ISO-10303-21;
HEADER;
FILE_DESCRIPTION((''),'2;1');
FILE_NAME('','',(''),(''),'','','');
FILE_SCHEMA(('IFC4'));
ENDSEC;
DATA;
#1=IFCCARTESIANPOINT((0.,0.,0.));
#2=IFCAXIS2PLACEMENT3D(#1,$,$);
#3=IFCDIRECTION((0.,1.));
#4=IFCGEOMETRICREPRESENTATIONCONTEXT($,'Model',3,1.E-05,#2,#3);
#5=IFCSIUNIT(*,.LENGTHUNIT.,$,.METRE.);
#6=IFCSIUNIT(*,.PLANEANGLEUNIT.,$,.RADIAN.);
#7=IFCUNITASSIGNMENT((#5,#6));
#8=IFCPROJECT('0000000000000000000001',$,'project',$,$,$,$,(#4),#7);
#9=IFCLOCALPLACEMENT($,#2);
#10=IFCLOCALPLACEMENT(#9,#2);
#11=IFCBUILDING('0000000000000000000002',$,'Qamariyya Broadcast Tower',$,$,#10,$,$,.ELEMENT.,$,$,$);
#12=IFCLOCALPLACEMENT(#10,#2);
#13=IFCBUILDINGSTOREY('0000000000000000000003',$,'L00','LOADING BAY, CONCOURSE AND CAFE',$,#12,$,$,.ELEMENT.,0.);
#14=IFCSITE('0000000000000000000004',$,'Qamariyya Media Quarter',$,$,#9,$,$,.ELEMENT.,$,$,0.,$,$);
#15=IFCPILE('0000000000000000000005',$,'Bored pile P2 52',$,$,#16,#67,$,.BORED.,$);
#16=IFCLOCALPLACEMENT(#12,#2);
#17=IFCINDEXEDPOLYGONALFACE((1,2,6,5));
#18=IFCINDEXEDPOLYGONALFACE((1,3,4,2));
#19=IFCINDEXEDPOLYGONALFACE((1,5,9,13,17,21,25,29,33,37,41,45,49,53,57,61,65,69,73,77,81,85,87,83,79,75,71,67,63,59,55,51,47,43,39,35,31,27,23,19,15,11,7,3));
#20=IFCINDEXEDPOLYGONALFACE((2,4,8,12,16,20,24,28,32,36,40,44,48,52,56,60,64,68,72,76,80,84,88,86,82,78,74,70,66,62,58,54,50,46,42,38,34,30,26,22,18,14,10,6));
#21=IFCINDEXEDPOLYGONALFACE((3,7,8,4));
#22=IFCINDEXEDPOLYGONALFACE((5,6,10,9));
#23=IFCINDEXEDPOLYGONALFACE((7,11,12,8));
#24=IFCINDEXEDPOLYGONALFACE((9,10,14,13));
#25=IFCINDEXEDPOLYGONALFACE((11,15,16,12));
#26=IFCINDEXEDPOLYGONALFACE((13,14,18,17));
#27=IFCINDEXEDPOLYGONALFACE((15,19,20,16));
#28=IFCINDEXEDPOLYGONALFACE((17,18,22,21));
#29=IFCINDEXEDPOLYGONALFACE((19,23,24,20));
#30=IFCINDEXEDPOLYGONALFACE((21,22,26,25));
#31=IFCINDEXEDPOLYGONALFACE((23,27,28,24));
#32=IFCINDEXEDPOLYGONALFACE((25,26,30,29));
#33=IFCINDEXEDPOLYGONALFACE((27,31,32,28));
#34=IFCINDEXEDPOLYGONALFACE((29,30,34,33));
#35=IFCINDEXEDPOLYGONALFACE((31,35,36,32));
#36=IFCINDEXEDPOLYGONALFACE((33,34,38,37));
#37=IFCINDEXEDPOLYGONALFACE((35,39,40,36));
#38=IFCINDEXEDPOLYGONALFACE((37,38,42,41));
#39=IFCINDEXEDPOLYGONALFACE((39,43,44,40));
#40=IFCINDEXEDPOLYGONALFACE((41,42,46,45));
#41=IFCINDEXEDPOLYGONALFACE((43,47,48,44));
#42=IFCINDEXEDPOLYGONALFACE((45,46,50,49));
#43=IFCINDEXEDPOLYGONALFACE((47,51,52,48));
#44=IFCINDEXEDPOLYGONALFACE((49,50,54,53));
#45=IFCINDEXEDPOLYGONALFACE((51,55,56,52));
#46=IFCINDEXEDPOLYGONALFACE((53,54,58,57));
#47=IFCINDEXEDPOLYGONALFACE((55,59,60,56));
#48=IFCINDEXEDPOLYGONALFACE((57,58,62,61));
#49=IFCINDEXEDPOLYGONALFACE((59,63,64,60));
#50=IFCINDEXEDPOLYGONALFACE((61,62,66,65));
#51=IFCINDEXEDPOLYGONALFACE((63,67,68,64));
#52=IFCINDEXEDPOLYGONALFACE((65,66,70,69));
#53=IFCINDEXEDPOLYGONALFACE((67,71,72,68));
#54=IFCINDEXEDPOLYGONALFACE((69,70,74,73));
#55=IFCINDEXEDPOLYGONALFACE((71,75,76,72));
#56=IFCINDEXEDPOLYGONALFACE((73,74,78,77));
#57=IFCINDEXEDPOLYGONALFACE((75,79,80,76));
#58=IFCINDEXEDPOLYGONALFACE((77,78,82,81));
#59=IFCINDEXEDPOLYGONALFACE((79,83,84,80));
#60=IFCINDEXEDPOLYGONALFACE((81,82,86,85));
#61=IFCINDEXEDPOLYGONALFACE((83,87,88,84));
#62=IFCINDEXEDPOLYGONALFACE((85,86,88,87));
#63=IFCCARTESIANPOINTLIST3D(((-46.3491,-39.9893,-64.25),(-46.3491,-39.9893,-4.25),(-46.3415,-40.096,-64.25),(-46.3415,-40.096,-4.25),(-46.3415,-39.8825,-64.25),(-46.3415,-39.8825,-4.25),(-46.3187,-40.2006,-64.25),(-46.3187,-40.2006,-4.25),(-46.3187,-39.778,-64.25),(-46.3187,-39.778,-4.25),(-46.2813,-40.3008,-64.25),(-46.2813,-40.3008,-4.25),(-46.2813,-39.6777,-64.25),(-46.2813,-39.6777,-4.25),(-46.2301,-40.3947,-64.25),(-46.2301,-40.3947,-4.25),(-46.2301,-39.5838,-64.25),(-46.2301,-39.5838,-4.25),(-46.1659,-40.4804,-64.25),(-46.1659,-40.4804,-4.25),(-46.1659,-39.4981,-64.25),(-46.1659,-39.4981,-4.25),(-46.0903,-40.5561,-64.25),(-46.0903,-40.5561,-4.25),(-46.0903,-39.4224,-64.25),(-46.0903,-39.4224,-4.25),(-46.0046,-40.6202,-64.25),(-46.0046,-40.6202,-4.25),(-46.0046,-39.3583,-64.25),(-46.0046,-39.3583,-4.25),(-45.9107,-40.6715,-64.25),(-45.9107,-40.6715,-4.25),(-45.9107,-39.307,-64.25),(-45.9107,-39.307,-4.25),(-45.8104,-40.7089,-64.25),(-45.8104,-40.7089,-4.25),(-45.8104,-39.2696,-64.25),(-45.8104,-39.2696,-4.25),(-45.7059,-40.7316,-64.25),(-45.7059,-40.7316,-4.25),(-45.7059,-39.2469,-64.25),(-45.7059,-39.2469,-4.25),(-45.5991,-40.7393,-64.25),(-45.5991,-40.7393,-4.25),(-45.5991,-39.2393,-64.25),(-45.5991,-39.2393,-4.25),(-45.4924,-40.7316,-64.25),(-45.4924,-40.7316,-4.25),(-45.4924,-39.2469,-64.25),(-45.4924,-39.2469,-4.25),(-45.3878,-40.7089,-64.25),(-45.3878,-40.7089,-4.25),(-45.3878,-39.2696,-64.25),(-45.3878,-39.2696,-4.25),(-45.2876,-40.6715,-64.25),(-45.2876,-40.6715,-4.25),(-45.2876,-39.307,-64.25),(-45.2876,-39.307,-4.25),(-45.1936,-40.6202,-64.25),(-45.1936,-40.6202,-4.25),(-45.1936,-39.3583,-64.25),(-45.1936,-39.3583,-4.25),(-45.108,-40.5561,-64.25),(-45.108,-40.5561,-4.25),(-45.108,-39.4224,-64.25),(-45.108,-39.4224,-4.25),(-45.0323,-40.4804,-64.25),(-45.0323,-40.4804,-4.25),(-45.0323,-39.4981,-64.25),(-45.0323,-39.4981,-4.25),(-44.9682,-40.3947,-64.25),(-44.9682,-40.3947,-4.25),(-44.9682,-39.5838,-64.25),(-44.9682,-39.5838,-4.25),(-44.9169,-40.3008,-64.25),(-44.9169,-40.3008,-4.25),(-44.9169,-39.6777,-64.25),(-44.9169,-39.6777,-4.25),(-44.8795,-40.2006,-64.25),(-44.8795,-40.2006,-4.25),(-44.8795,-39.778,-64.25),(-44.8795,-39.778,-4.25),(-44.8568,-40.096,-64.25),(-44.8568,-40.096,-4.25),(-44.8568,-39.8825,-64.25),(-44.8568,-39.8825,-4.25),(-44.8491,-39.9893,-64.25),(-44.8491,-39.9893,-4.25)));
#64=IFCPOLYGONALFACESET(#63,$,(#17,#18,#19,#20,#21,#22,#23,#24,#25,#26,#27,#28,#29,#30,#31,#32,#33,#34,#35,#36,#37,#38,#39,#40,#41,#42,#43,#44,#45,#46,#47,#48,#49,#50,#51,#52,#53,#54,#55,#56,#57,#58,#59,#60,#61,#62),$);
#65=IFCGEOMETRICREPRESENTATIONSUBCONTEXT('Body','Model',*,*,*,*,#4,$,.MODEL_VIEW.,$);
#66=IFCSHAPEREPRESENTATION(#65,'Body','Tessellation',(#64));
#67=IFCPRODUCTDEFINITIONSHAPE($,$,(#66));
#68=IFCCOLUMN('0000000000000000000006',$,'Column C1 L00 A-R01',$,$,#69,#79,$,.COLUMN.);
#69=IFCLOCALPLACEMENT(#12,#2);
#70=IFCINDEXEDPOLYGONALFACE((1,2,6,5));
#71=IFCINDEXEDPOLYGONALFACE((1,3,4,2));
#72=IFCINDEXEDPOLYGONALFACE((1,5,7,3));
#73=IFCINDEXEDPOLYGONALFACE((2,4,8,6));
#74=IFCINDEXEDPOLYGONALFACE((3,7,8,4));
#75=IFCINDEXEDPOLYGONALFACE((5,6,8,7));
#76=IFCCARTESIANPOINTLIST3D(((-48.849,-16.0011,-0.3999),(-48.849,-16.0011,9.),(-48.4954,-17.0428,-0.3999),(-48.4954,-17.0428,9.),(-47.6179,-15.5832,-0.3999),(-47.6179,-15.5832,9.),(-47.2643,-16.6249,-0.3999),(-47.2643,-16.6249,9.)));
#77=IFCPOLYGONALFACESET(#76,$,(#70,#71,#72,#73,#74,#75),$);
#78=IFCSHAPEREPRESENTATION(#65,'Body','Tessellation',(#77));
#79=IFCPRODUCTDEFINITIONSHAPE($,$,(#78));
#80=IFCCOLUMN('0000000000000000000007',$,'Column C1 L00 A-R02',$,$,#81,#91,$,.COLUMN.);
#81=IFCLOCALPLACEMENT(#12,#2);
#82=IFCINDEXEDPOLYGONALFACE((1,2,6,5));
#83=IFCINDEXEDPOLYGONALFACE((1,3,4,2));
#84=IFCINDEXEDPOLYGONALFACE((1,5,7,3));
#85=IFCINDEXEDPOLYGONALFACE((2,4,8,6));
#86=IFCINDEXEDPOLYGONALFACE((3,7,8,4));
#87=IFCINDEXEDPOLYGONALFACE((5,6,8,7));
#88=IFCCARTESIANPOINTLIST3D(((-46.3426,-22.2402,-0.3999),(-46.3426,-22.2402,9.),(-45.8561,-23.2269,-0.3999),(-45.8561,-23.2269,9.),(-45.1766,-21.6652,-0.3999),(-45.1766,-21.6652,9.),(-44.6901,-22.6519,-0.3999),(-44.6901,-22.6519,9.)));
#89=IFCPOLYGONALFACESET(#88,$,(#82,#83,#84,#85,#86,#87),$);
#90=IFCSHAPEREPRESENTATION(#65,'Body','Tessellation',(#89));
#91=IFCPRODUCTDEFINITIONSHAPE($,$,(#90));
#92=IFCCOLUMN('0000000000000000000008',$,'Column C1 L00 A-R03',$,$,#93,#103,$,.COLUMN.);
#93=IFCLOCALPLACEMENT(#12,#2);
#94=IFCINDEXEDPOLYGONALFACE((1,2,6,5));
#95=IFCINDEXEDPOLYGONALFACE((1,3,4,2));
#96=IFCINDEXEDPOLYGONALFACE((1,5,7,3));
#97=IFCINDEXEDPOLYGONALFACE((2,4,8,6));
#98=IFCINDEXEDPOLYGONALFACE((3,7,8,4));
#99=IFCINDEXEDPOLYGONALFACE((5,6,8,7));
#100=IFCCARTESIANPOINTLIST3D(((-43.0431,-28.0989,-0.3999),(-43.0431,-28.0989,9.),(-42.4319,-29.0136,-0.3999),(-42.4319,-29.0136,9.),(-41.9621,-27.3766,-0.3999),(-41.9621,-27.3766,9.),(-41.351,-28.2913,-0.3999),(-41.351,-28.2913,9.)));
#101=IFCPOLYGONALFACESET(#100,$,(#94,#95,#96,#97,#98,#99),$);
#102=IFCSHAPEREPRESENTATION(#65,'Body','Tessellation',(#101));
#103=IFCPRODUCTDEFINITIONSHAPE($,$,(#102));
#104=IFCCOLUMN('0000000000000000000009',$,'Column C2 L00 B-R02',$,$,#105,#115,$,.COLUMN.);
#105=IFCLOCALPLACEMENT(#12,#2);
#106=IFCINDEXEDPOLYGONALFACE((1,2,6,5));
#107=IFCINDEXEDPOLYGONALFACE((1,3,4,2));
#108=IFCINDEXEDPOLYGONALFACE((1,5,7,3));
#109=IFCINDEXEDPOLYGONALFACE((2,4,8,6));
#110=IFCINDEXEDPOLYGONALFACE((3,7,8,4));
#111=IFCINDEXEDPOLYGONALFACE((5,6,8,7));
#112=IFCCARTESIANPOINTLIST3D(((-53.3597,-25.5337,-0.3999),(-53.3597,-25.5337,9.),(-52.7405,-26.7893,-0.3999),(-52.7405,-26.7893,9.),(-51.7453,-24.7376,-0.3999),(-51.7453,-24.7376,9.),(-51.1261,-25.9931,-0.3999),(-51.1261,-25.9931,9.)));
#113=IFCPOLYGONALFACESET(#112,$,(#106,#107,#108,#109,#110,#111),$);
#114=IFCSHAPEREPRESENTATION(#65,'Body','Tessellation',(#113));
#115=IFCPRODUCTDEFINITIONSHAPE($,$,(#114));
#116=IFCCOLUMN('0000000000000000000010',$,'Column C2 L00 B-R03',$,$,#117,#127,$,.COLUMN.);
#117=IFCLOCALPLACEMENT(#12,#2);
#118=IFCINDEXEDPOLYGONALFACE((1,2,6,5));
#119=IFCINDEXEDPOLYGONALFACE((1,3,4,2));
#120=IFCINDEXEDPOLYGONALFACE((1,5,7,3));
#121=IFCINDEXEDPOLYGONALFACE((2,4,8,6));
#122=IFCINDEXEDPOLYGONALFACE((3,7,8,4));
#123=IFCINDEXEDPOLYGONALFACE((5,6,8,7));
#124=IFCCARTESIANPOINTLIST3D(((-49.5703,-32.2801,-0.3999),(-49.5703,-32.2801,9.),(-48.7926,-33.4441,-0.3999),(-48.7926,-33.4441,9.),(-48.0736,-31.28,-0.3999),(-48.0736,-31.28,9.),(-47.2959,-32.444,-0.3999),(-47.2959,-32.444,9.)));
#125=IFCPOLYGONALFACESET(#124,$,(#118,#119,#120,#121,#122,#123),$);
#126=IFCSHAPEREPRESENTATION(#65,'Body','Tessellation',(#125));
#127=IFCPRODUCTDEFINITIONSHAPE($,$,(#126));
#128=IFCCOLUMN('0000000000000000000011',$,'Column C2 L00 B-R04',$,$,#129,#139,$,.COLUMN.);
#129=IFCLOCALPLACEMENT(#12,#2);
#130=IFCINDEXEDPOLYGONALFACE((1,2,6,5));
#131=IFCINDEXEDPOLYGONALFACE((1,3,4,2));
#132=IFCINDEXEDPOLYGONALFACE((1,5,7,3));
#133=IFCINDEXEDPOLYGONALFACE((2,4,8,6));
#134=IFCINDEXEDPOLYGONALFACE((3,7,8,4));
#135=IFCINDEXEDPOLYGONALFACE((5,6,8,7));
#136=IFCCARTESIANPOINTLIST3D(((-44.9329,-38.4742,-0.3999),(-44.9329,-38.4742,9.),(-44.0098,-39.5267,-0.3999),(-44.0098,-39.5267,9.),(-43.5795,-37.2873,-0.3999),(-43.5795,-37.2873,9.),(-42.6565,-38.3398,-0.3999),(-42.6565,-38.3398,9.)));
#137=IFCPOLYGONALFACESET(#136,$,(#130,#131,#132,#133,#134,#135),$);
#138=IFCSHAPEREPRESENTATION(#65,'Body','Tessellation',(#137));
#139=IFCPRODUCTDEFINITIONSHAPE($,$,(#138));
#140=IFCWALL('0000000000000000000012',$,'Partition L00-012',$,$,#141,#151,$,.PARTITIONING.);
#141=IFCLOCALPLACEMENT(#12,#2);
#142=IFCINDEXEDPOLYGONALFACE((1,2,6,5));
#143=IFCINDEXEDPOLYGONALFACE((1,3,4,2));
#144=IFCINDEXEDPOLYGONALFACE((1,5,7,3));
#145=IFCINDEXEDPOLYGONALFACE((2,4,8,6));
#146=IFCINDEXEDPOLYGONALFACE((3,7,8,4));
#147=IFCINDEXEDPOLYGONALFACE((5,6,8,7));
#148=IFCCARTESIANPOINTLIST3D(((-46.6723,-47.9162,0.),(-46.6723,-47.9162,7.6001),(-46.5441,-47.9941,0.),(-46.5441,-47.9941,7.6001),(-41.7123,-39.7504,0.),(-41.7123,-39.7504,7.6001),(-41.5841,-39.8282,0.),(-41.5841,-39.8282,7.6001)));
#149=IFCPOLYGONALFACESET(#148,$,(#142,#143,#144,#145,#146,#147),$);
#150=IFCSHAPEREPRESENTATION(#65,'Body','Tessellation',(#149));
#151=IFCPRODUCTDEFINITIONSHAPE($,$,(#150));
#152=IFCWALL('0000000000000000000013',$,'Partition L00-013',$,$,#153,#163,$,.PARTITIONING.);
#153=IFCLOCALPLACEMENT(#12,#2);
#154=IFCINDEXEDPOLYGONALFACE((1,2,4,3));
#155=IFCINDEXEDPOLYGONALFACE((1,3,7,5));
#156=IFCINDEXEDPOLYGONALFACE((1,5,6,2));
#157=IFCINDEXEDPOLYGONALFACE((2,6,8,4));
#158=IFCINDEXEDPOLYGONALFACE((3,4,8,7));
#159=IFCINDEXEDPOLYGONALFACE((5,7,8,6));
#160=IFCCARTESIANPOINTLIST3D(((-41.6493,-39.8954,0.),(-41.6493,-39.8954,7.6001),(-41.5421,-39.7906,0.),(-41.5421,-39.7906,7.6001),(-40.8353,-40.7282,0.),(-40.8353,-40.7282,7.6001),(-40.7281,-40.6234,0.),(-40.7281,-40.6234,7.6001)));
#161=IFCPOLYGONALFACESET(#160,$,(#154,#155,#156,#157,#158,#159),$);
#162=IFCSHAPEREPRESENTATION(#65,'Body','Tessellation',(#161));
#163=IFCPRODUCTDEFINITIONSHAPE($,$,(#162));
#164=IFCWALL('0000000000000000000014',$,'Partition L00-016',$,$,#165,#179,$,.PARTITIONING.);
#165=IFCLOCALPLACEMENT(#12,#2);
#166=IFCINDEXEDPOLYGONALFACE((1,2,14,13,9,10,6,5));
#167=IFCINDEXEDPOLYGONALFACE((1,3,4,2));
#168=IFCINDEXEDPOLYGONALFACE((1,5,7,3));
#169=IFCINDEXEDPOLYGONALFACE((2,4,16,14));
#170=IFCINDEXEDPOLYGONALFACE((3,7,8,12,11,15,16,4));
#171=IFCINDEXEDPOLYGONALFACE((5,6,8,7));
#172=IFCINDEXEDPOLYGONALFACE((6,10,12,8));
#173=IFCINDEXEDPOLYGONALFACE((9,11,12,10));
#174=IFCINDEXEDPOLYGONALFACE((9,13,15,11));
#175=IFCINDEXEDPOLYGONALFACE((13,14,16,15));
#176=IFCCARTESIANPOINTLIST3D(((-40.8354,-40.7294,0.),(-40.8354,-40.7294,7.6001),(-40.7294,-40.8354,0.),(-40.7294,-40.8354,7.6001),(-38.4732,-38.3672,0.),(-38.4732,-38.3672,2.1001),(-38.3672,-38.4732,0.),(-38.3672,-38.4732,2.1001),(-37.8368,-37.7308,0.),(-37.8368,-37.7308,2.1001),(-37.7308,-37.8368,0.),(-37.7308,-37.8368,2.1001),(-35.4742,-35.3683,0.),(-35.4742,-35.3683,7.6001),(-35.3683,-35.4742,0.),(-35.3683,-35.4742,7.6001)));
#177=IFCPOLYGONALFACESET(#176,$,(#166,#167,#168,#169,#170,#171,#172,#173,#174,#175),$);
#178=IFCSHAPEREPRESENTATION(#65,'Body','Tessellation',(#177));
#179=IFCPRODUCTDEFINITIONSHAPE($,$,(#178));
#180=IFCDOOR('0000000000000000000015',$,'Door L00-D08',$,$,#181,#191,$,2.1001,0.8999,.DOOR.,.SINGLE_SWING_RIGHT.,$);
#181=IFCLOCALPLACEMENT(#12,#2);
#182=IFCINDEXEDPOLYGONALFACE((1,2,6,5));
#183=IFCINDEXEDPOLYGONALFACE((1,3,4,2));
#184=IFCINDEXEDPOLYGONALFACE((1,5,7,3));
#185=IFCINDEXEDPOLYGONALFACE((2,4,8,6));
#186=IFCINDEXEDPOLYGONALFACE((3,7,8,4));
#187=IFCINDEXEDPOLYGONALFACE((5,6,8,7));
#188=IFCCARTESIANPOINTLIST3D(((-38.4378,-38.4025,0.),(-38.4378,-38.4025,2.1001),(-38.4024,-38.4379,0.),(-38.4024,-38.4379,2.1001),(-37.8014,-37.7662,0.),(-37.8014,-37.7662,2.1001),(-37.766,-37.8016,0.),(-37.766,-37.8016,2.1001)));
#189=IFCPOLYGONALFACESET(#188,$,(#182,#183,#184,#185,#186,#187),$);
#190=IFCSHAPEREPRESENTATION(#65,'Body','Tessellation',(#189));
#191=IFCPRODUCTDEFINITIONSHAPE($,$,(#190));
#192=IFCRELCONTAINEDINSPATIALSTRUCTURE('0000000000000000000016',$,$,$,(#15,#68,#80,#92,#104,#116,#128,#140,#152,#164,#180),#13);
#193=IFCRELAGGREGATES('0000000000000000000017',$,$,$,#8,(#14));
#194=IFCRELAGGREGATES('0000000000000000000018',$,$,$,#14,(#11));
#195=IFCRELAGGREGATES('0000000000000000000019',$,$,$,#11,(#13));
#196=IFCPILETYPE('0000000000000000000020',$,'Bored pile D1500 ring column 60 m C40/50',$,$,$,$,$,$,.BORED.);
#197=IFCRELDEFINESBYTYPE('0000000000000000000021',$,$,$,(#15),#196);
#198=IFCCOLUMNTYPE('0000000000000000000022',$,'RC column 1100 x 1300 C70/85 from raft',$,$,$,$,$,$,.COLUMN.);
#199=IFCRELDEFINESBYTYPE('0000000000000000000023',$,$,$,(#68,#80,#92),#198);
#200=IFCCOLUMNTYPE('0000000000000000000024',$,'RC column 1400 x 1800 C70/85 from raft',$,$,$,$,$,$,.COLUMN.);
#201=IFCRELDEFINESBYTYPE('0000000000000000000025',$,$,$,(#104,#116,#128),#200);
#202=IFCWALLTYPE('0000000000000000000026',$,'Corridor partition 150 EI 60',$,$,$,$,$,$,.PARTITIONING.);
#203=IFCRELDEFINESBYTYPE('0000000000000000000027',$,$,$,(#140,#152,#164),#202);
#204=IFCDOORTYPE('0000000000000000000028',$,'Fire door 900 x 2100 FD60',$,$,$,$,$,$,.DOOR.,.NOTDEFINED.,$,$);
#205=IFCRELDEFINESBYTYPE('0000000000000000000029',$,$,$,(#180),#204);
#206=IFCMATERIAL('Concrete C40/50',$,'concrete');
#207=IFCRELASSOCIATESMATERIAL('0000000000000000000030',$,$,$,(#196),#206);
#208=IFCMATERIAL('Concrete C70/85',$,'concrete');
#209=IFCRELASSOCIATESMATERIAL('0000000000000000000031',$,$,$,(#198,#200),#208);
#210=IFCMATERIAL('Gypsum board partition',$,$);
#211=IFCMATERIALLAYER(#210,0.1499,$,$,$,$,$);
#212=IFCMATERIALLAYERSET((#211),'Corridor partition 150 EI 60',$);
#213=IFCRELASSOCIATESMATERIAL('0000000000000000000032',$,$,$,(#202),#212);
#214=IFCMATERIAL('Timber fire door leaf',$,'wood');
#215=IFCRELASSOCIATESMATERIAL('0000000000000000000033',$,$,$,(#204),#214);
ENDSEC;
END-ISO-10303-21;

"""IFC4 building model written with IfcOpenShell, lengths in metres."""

from ifc_helpers import new_model, si_unit, direction, frame, frame_2d, origin, origin_2d, place, context, subcontext, project, spatial, rectangle, circle, extrude, material, layer, layer_set, material_profile, profile_set, type_object, element, fill, save


model = new_model("IFC4")

# Units and contexts
model_context = context("Model", 3, precision=1e-05, world=origin(), true_north=direction((0.0, 1.0)))
body_context = subcontext(model_context, "Body", "Model", "MODEL_VIEW")
ifc_project = project(units=[si_unit("LENGTHUNIT", "METRE"), si_unit("PLANEANGLEUNIT", "RADIAN")], contexts=[model_context])

# Site, building, storey
site_placement = place(None, origin())
site = spatial("IfcSite", under=ifc_project, at=site_placement, Name="Qamariyya Media Quarter", CompositionType="ELEMENT", RefElevation=0.0)
building_placement = place(site_placement, origin())
building = spatial("IfcBuilding", under=site, at=building_placement, Name="Qamariyya Broadcast Tower", CompositionType="ELEMENT")
storey_placement = place(building_placement, origin())
storey = spatial("IfcBuildingStorey", under=building, at=storey_placement, Name="L00", Description="LOADING BAY, CONCOURSE AND CAFE", CompositionType="ELEMENT", Elevation=0.0)

# Pile
ifc_material_1 = material(Name="Concrete C40/50", Category="concrete")
ifc_material_profile_1 = material_profile(ifc_material_1, circle(Radius=0.75, at=origin_2d()))
ifc_profile_set_1 = profile_set([ifc_material_profile_1], Name="Concrete C40/50")
pile_type_1 = type_object("IfcPileType", Name="Bored pile D1500 ring column 60 m C40/50", PredefinedType="BORED", material=ifc_profile_set_1)
for number, where, z_axis, x_axis, name in (
    (1, (-45.5991, -39.9893, -4.25), (0.0, 0.0, -1.0), (1.0, 0.0, 0.0), "Bored pile P2 52"),
):
    element("IfcPile", number, at=place(storey_placement, frame(where, z_axis=z_axis, x_axis=x_axis)), inside=storey, type_object=pile_type_1, Name=name, PredefinedType="BORED", context=body_context, shape_type="SweptSolid", body=[
        extrude(circle(Radius=0.75, at=origin_2d()), origin(), (0.0, 0.0, 1.0), 60.0),
    ])

# Columns
ifc_material_2 = material(Name="Concrete C70/85", Category="concrete")
ifc_material_profile_2 = material_profile(ifc_material_2, rectangle(XDim=1.1001, YDim=1.3, at=origin_2d()))
ifc_profile_set_2 = profile_set([ifc_material_profile_2], Name="Concrete C70/85")
column_type_1 = type_object("IfcColumnType", Name="RC column 1100 x 1300 C70/85 from raft", PredefinedType="COLUMN", material=ifc_profile_set_2)
for number, where, z_axis, x_axis, name in (
    (2, (-48.0566, -16.313, -0.3999), (0.0, 0.0, 1.0), (0.321439, -0.94693, 0.0), "Column C1 L00 A-R01"),
    (3, (-45.5164, -22.446, -0.3999), (0.0, 0.0, 1.0), (0.442289, -0.896873, 0.0), "Column C1 L00 A-R02"),
    (4, (-42.197, -28.1951, -0.3999), (0.0, 0.0, 1.0), (0.55557, -0.83147, 0.0), "Column C1 L00 A-R03"),
):
    element("IfcColumn", number, at=place(storey_placement, frame(where, z_axis=z_axis, x_axis=x_axis)), inside=storey, type_object=column_type_1, Name=name, PredefinedType="COLUMN", context=body_context, shape_type="SweptSolid", body=[
        extrude(rectangle(XDim=1.1001, YDim=1.3, at=origin_2d()), origin(), (0.0, 0.0, 1.0), 9.3999),
    ])
ifc_material_profile_3 = material_profile(ifc_material_2, rectangle(XDim=1.3999, YDim=1.8, at=origin_2d()))
ifc_profile_set_3 = profile_set([ifc_material_profile_3], Name="Concrete C70/85")
column_type_2 = type_object("IfcColumnType", Name="RC column 1400 x 1800 C70/85 from raft", PredefinedType="COLUMN", material=ifc_profile_set_3)
for number, where, z_axis, x_axis, name in (
    (5, (-52.2429, -25.7634, -0.3999), (0.0, 0.0, 1.0), (0.442289, -0.896873, 0.0), "Column C2 L00 B-R02"),
    (6, (-48.4331, -32.3621, -0.3999), (0.0, 0.0, 1.0), (0.55557, -0.83147, 0.0), "Column C2 L00 B-R03"),
    (7, (-43.7947, -38.407, -0.3999), (0.0, 0.0, 1.0), (0.659346, -0.75184, 0.0), "Column C2 L00 B-R04"),
):
    element("IfcColumn", number, at=place(storey_placement, frame(where, z_axis=z_axis, x_axis=x_axis)), inside=storey, type_object=column_type_2, Name=name, PredefinedType="COLUMN", context=body_context, shape_type="SweptSolid", body=[
        extrude(rectangle(XDim=1.3999, YDim=1.8, at=origin_2d()), origin(), (0.0, 0.0, 1.0), 9.3999),
    ])

# Walls
ifc_material_3 = material(Name="Gypsum board partition")
ifc_layer_1 = layer(ifc_material_3, 0.1499)
ifc_layer_set_1 = layer_set([ifc_layer_1], Name="Corridor partition 150 EI 60")
wall_type_1 = type_object("IfcWallType", Name="Corridor partition 150 EI 60", PredefinedType="PARTITIONING", material=ifc_layer_set_1)
wall_1_placement = place(storey_placement, frame((-41.6482, -39.7893, 0.0), z_axis=(0.0, 0.0, 1.0), x_axis=(-0.519144, -0.854687, 0.0)))
element("IfcWall", 8, at=wall_1_placement, inside=storey, type_object=wall_type_1, Name="Partition L00-012", PredefinedType="PARTITIONING", context=body_context, shape_type="SweptSolid", body=[
    extrude(rectangle(XDim=9.5542, YDim=0.1499, at=frame_2d((4.7771, 0.0))), origin(), (0.0, 0.0, 1.0), 7.6001),
])
wall_2_placement = place(storey_placement, frame((-41.5957, -39.843, 0.0), z_axis=(0.0, 0.0, 1.0), x_axis=(0.698989, -0.715132, 0.0)))
element("IfcWall", 9, at=wall_2_placement, inside=storey, type_object=wall_type_1, Name="Partition L00-013", PredefinedType="PARTITIONING", context=body_context, shape_type="SweptSolid", body=[
    extrude(rectangle(XDim=1.1646, YDim=0.1499, at=frame_2d((0.5823, 0.0))), origin(), (0.0, 0.0, 1.0), 7.6001),
])

# Wall, opening, door
wall_3_placement = place(storey_placement, frame((-40.7825, -40.7825, 0.0), z_axis=(0.0, 0.0, 1.0), x_axis=(0.707107, 0.707107, 0.0)))
wall_3 = element("IfcWall", 10, at=wall_3_placement, inside=storey, type_object=wall_type_1, Name="Partition L00-016", PredefinedType="PARTITIONING", context=body_context, shape_type="SweptSolid", body=[
    extrude(rectangle(XDim=7.5818, YDim=0.1499, at=frame_2d((3.791, 0.0))), origin(), (0.0, 0.0, 1.0), 7.6001),
])
opening_placement = place(wall_3_placement, frame((3.3408, 0.0, 0.0)))
opening = element("IfcOpeningElement", 11, at=opening_placement, cuts=wall_3, PredefinedType="OPENING", context=body_context, shape_type="SweptSolid", body=[
    extrude(rectangle(XDim=0.8999, YDim=2.1001, at=frame_2d((0.45, 1.05))), frame((0.0, 0.085, 0.0), z_axis=(0.0, -1.0, 0.0), x_axis=(1.0, 0.0, 0.0)), (0.0, 0.0, 1.0), 0.1699),
])
ifc_material_4 = material(Name="Timber fire door leaf", Category="wood")
door_type = type_object("IfcDoorType", Name="Fire door 900 x 2100 FD60", OperationType="NOTDEFINED", PredefinedType="DOOR", material=ifc_material_4)
door_placement = place(opening_placement, origin())
door = element("IfcDoor", 12, at=door_placement, inside=storey, type_object=door_type, Name="Door L00-D08", OperationType="SINGLE_SWING_RIGHT", OverallHeight=2.1001, OverallWidth=0.8999, PredefinedType="DOOR", context=body_context, shape_type="SweptSolid", body=[
    extrude(rectangle(XDim=0.8999, YDim=2.1001, at=frame_2d((0.45, 1.05))), frame((0.0, 0.0249, 0.0), z_axis=(0.0, -1.0, 0.0), x_axis=(1.0, 0.0, 0.0)), (0.0, 0.0, 1.0), 0.05),
])
fill(opening, door)

save(model, "model.ifc")
